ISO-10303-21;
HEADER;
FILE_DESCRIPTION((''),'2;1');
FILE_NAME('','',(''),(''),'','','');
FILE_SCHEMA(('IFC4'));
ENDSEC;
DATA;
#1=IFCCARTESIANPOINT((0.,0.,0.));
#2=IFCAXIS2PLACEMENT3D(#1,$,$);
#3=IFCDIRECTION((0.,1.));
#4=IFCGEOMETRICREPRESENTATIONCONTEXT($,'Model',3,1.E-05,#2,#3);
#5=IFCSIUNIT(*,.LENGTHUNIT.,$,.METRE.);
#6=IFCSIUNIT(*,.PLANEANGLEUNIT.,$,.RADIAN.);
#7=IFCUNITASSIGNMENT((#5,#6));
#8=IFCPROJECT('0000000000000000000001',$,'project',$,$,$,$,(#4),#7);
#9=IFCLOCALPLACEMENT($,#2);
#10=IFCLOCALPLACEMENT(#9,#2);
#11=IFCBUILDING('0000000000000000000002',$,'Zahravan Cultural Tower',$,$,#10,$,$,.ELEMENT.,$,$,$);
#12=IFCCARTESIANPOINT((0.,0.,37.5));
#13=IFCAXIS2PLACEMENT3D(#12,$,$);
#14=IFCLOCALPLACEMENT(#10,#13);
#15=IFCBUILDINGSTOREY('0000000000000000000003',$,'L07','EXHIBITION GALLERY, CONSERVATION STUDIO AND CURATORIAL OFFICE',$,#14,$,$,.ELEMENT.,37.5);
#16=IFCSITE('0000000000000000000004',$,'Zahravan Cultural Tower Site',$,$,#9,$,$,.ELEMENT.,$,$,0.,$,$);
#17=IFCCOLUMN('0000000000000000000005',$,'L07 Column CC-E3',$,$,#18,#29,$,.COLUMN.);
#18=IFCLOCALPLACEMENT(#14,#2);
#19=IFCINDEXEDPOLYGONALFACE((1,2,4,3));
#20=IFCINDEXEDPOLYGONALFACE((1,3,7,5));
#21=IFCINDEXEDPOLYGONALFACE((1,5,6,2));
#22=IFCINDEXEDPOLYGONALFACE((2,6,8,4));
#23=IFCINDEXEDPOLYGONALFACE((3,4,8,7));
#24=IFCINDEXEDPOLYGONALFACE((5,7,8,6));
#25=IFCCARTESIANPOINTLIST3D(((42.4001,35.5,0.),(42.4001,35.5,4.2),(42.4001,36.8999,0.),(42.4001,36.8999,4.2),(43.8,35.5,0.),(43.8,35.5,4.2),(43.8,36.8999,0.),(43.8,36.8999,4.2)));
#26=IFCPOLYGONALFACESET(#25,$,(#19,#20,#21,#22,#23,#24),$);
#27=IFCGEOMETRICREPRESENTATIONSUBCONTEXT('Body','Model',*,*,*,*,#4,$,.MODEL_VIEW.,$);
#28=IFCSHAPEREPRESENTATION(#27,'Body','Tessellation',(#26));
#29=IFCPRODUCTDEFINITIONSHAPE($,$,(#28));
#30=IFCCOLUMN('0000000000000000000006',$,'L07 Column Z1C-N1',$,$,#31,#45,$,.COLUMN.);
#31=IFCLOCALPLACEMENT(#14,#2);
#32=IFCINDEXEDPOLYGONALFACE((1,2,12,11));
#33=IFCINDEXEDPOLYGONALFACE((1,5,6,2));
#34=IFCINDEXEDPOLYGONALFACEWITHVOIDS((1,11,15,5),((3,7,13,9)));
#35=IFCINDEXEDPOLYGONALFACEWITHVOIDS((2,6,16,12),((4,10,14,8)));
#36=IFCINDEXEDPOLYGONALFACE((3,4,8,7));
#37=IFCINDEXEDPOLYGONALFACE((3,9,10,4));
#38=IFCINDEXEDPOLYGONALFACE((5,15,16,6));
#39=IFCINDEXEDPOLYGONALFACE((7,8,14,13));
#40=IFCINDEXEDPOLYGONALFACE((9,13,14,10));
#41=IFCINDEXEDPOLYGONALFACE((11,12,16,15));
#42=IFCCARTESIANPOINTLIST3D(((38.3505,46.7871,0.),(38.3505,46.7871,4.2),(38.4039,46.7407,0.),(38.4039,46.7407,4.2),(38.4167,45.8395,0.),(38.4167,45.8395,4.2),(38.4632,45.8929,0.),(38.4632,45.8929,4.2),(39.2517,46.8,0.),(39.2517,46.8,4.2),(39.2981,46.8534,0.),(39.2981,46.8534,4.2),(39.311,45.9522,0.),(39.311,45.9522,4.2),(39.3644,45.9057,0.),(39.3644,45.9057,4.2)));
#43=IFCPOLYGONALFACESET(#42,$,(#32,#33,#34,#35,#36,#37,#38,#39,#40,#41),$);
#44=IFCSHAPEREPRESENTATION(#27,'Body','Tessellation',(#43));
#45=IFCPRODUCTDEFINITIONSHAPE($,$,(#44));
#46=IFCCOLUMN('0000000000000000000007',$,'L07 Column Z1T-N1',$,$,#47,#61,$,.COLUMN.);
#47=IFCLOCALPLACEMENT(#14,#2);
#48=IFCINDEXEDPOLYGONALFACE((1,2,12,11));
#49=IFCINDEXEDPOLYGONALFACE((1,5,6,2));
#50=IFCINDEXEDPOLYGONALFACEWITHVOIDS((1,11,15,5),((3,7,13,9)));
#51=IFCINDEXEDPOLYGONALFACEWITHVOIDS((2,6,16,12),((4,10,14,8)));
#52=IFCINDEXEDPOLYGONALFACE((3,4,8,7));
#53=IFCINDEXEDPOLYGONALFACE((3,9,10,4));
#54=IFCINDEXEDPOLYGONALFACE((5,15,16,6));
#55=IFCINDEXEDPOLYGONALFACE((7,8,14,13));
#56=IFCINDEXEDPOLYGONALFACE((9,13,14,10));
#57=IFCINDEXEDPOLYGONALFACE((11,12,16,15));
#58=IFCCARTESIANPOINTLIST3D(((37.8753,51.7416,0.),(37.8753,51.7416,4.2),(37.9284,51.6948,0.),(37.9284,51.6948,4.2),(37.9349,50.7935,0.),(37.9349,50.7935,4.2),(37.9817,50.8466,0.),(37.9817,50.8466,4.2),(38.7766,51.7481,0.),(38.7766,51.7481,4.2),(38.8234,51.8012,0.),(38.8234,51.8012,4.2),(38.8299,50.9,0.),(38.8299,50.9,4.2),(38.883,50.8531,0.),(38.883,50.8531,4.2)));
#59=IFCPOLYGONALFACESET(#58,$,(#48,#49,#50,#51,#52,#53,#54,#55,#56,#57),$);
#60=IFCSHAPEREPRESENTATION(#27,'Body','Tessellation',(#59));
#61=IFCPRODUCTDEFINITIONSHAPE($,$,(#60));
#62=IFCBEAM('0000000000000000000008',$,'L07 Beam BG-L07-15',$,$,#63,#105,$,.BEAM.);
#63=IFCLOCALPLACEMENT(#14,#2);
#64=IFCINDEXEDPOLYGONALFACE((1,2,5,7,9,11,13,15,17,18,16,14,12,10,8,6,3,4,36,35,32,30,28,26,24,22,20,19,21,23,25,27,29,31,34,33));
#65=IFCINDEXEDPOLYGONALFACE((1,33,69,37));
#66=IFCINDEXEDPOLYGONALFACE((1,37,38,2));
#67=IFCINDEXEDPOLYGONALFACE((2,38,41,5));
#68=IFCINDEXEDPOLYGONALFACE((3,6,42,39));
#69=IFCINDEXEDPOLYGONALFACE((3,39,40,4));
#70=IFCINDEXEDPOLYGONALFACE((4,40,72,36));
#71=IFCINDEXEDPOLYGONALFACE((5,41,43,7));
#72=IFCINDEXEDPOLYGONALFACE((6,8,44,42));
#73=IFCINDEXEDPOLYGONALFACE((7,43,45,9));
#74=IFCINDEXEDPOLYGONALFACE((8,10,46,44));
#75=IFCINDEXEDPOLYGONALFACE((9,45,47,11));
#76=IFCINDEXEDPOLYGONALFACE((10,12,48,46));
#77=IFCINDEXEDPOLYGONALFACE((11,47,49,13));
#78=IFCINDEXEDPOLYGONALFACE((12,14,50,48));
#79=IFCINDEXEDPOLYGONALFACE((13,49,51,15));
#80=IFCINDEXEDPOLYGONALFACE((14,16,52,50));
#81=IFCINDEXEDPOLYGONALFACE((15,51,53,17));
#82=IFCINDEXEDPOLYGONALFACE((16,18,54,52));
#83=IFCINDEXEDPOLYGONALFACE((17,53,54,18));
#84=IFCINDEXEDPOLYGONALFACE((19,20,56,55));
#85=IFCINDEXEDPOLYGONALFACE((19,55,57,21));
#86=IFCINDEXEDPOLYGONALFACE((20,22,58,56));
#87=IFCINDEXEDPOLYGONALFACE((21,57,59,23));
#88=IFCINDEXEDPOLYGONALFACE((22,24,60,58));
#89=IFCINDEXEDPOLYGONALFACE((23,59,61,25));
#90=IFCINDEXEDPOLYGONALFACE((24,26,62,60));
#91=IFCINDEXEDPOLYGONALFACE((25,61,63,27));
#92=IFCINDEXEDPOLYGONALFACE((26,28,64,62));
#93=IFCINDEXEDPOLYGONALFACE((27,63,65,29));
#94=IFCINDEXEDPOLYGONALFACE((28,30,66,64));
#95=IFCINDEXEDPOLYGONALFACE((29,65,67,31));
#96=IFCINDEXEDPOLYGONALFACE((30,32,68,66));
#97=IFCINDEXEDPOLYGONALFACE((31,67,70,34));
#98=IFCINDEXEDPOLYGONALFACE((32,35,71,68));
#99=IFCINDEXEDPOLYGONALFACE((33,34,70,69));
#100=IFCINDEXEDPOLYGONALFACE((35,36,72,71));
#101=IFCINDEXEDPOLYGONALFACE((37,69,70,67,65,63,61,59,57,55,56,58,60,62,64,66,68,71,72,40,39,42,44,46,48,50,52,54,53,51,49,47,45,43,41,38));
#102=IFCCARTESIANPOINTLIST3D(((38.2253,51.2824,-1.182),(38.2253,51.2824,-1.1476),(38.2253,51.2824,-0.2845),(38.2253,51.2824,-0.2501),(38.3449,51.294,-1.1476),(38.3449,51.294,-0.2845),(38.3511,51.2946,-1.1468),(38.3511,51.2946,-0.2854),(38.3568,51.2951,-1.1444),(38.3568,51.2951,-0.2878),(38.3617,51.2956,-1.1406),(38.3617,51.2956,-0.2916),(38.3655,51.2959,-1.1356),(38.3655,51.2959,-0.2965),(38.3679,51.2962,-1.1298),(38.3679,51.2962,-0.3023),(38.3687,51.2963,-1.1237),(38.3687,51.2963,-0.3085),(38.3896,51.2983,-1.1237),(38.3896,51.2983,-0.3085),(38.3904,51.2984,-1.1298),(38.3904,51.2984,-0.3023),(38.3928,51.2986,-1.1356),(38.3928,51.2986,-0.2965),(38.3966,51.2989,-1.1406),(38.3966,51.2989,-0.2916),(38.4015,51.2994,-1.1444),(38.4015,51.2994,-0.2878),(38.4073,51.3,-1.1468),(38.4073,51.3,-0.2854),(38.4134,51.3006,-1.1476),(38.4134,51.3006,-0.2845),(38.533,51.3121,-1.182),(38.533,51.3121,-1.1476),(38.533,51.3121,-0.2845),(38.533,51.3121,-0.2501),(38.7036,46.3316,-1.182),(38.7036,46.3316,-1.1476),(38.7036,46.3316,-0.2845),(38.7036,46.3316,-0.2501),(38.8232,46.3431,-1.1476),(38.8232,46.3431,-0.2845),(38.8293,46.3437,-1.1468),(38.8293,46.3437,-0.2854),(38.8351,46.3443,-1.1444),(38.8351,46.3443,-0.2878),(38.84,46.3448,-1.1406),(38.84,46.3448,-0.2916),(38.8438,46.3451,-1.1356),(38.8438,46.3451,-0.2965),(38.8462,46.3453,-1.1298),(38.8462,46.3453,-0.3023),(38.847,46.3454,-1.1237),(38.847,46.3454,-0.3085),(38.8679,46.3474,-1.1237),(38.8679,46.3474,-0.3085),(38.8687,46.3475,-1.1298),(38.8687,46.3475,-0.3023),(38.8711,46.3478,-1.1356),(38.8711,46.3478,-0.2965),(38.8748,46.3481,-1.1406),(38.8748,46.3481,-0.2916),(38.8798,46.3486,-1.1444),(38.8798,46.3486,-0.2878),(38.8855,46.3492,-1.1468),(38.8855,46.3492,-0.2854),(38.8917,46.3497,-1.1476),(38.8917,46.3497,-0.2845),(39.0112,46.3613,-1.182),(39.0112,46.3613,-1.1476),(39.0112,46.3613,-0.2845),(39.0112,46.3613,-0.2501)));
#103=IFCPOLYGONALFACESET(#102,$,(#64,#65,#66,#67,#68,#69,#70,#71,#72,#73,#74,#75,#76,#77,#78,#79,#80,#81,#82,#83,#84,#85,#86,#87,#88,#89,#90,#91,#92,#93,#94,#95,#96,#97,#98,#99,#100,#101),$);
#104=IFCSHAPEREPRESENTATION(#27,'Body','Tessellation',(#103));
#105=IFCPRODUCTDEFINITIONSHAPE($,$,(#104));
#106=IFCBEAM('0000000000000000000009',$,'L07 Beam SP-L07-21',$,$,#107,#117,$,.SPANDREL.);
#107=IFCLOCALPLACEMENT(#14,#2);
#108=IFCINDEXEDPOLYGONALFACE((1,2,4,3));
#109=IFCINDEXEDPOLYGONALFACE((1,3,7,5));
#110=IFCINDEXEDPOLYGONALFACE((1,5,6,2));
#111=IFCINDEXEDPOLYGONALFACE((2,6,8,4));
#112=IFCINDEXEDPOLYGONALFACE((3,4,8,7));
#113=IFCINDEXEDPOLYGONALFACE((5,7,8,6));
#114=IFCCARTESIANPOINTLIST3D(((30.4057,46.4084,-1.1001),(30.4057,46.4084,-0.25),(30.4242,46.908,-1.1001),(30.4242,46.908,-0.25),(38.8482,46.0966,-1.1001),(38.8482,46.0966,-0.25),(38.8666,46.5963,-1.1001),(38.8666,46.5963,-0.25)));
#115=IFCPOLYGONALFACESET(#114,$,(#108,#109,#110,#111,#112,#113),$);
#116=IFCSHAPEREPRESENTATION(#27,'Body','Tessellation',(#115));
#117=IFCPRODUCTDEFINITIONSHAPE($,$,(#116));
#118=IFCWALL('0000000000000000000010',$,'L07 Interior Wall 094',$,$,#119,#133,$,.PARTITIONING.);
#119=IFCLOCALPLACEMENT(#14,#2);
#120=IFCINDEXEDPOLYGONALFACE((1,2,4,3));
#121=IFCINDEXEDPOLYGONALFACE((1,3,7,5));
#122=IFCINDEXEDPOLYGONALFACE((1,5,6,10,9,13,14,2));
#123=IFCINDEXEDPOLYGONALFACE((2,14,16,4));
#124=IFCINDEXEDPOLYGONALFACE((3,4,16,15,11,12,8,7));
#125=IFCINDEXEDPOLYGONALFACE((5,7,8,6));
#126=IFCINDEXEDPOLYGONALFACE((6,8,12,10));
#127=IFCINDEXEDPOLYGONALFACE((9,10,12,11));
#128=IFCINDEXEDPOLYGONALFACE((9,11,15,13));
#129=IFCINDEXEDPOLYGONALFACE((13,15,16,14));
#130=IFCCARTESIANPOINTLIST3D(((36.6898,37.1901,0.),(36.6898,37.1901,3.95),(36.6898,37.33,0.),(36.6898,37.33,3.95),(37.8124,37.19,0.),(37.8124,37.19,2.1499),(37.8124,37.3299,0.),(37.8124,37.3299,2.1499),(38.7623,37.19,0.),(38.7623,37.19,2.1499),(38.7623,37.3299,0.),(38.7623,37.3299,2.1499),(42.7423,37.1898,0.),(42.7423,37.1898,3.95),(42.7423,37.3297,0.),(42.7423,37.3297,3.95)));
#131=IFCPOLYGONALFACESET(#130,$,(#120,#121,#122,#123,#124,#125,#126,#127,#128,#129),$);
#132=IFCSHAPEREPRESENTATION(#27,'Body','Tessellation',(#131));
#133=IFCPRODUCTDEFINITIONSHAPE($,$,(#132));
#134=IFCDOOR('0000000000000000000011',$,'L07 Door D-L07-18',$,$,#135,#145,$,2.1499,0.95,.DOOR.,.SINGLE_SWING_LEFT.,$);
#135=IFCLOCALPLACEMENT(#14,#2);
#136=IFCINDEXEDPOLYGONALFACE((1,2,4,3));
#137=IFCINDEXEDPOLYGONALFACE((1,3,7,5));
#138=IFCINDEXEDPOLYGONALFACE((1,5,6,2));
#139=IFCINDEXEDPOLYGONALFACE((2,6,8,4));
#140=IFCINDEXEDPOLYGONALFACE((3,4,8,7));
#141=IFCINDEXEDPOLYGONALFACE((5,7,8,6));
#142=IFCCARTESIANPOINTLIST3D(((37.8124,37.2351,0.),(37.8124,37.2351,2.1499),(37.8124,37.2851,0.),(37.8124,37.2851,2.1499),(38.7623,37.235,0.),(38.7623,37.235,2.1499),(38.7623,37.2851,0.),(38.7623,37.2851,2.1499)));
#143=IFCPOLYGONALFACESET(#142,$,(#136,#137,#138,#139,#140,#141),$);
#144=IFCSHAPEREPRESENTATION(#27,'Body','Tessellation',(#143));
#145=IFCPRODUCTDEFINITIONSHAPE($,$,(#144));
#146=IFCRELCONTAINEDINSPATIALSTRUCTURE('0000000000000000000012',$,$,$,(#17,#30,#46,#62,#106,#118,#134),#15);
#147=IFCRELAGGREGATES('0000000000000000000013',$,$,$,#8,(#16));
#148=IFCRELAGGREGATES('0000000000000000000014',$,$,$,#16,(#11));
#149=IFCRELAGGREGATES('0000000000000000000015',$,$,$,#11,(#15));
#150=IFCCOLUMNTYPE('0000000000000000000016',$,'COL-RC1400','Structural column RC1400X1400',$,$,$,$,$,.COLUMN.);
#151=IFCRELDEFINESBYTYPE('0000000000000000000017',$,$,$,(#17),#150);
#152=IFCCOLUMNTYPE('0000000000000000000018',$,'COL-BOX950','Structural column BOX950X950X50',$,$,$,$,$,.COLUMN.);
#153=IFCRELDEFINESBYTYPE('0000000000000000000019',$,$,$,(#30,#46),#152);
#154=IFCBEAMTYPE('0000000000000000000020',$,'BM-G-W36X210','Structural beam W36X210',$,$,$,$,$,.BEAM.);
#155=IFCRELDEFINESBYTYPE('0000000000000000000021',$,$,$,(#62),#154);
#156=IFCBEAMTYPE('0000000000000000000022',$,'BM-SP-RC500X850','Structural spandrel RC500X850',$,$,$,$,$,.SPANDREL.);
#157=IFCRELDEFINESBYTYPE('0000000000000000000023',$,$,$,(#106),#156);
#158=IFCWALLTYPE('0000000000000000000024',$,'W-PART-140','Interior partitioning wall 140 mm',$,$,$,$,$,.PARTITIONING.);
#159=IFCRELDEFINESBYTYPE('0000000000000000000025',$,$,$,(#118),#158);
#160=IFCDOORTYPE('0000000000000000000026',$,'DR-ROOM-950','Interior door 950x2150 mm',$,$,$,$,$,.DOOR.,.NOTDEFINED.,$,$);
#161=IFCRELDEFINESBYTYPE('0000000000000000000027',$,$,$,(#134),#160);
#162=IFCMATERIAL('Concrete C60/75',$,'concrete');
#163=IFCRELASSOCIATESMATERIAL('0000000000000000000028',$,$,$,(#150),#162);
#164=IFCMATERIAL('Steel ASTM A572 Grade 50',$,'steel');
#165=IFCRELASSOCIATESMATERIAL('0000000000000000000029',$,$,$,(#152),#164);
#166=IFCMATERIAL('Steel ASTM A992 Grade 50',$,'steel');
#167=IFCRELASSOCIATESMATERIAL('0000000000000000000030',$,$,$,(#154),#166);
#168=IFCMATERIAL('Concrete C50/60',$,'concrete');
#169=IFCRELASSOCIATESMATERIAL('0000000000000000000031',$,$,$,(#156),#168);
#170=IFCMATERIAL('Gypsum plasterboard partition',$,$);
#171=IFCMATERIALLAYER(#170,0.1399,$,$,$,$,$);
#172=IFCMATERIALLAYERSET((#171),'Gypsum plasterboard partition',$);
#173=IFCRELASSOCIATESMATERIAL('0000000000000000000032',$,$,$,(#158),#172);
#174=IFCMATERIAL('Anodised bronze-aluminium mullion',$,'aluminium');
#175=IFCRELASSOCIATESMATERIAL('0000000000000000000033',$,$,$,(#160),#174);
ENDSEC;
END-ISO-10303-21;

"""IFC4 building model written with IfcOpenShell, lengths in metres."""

from ifc_helpers import new_model, si_unit, direction, frame, frame_2d, origin, origin_2d, place, context, subcontext, project, spatial, rectangle, hollow_rectangle, i_section, extrude, source, transform, mapped, material, layer, layer_set, material_profile, profile_set, type_object, element, fill, save


model = new_model("IFC4")

# Units and contexts
model_context = context("Model", 3, precision=1e-05, world=origin(), true_north=direction((0.0, 1.0)))
body_context = subcontext(model_context, "Body", "Model", "MODEL_VIEW")
ifc_project = project(units=[si_unit("LENGTHUNIT", "METRE"), si_unit("PLANEANGLEUNIT", "RADIAN")], contexts=[model_context])

# Site, building, storey
site_placement = place(None, origin())
site = spatial("IfcSite", under=ifc_project, at=site_placement, Name="Zahravan Cultural Tower Site", CompositionType="ELEMENT", RefElevation=0.0)
building_placement = place(site_placement, origin())
building = spatial("IfcBuilding", under=site, at=building_placement, Name="Zahravan Cultural Tower", CompositionType="ELEMENT")
storey_placement = place(building_placement, frame((0.0, 0.0, 37.5)))
storey = spatial("IfcBuildingStorey", under=building, at=storey_placement, Name="L07", Description="EXHIBITION GALLERY, CONSERVATION STUDIO AND CURATORIAL OFFICE", CompositionType="ELEMENT", Elevation=37.5)

# Columns
ifc_material_1 = material(Name="Concrete C60/75", Category="concrete")
ifc_material_profile_1 = material_profile(ifc_material_1, rectangle(XDim=1.3999, YDim=1.3999, at=origin_2d()), Name="RC1400X1400")
ifc_profile_set_1 = profile_set([ifc_material_profile_1], Name="Concrete C60/75")
column_type_1 = type_object("IfcColumnType", Name="COL-RC1400", Description="Structural column RC1400X1400", PredefinedType="COLUMN", material=ifc_profile_set_1)
shared_shape_1 = source(origin(), body_context, "Body", "SweptSolid", [
    extrude(rectangle(XDim=1.3999, YDim=1.3999, at=origin_2d()), origin(), (0.0, 0.0, 1.0), 4.2),
])
column_placement = place(storey_placement, frame((43.1001, 36.2, 0.0), z_axis=(0.0, 0.0, 1.0), x_axis=(1.0, 0.0, 0.0)))
element("IfcColumn", 1, at=column_placement, inside=storey, type_object=column_type_1, Name="L07 Column CC-E3", PredefinedType="COLUMN", context=body_context, shape_type="MappedRepresentation", body=[
    mapped(shared_shape_1, transform((0.0, 0.0, 0.0), x_axis=(1.0, 0.0, 0.0), y_axis=(0.0, 1.0, 0.0), z_axis=(0.0, 0.0, 1.0), scale=1.0)),
])
ifc_material_2 = material(Name="Steel ASTM A572 Grade 50", Category="steel")
ifc_material_profile_2 = material_profile(ifc_material_2, hollow_rectangle(XDim=0.95, YDim=0.95, WallThickness=0.05, at=origin_2d()), Name="BOX950X950X50")
ifc_profile_set_2 = profile_set([ifc_material_profile_2], Name="Steel ASTM A572 Grade 50")
column_type_2 = type_object("IfcColumnType", Name="COL-BOX950", Description="Structural column BOX950X950X50", PredefinedType="COLUMN", material=ifc_profile_set_2)
shared_shape_2 = source(origin(), body_context, "Body", "SweptSolid", [
    extrude(hollow_rectangle(XDim=0.95, YDim=0.95, WallThickness=0.05, at=origin_2d()), origin(), (0.0, 0.0, 1.0), 4.2),
])
for number, where, z_axis, x_axis, name in (
    (2, (38.8574, 46.3464, 0.0), (0.0, 0.0, 1.0), (-0.069756, 0.997564, 0.0), "L07 Column Z1C-N1"),
    (3, (38.3792, 51.2974, 0.0), (0.0, 0.0, 1.0), (-0.062791, 0.998027, 0.0), "L07 Column Z1T-N1"),
):
    element("IfcColumn", number, at=place(storey_placement, frame(where, z_axis=z_axis, x_axis=x_axis)), inside=storey, type_object=column_type_2, Name=name, PredefinedType="COLUMN", context=body_context, shape_type="MappedRepresentation", body=[
        mapped(shared_shape_2, transform((0.0, 0.0, 0.0), x_axis=(1.0, 0.0, 0.0), y_axis=(0.0, 1.0, 0.0), z_axis=(0.0, 0.0, 1.0), scale=1.0)),
    ])

# Beams
ifc_material_3 = material(Name="Steel ASTM A992 Grade 50", Category="steel")
ifc_material_profile_3 = material_profile(ifc_material_3, i_section(OverallWidth=0.3091, OverallDepth=0.9319, WebThickness=0.021, FlangeThickness=0.0344, FilletRadius=0.0239, at=origin_2d()), Name="W36X210")
ifc_profile_set_3 = profile_set([ifc_material_profile_3], Name="Steel ASTM A992 Grade 50")
beam_type_1 = type_object("IfcBeamType", Name="BM-G-W36X210", Description="Structural beam W36X210", PredefinedType="BEAM", material=ifc_profile_set_3)
shared_shape_3 = source(origin(), body_context, "Body", "SweptSolid", [
    extrude(i_section(OverallWidth=0.3091, OverallDepth=0.9319, WebThickness=0.021, FlangeThickness=0.0344, FilletRadius=0.0239, at=origin_2d()), origin(), (0.0, 0.0, 1.0), 4.9739),
])
beam_1_placement = place(storey_placement, frame((38.8574, 46.3464, -0.7161), z_axis=(-0.096155, 0.995366, 0.0), x_axis=(-0.995366, -0.096155, 0.0)))
element("IfcBeam", 4, at=beam_1_placement, inside=storey, type_object=beam_type_1, Name="L07 Beam BG-L07-15", PredefinedType="BEAM", context=body_context, shape_type="MappedRepresentation", body=[
    mapped(shared_shape_3, transform((0.0, 0.0, 0.0), x_axis=(1.0, 0.0, 0.0), y_axis=(0.0, 1.0, 0.0), z_axis=(0.0, 0.0, 1.0), scale=1.0)),
])
ifc_material_4 = material(Name="Concrete C50/60", Category="concrete")
ifc_material_profile_4 = material_profile(ifc_material_4, rectangle(XDim=0.5, YDim=0.8501, at=origin_2d()), Name="RC500X850")
ifc_profile_set_4 = profile_set([ifc_material_profile_4], Name="Concrete C50/60")
beam_type_2 = type_object("IfcBeamType", Name="BM-SP-RC500X850", Description="Structural spandrel RC500X850", PredefinedType="SPANDREL", material=ifc_profile_set_4)
shared_shape_4 = source(origin(), body_context, "Body", "SweptSolid", [
    extrude(rectangle(XDim=0.5, YDim=0.8501, at=origin_2d()), origin(), (0.0, 0.0, 1.0), 8.4482),
])
beam_2_placement = place(storey_placement, frame((38.8574, 46.3464, -0.675), z_axis=(-0.999319, 0.036904, 0.0), x_axis=(-0.036904, -0.999319, 0.0)))
element("IfcBeam", 5, at=beam_2_placement, inside=storey, type_object=beam_type_2, Name="L07 Beam SP-L07-21", PredefinedType="SPANDREL", context=body_context, shape_type="MappedRepresentation", body=[
    mapped(shared_shape_4, transform((0.0, 0.0, 0.0), x_axis=(1.0, 0.0, 0.0), y_axis=(0.0, 1.0, 0.0), z_axis=(0.0, 0.0, 1.0), scale=1.0)),
])

# Wall, opening, door
ifc_material_5 = material(Name="Gypsum plasterboard partition")
ifc_layer_1 = layer(ifc_material_5, 0.1399)
ifc_layer_set_1 = layer_set([ifc_layer_1], Name="Gypsum plasterboard partition")
wall_type_1 = type_object("IfcWallType", Name="W-PART-140", Description="Interior partitioning wall 140 mm", PredefinedType="PARTITIONING", material=ifc_layer_set_1)
wall_1_placement = place(storey_placement, frame((42.7424, 37.2598, 0.0), z_axis=(0.0, 0.0, 1.0), x_axis=(-1.0, 0.00004, 0.0)))
wall_1 = element("IfcWall", 6, at=wall_1_placement, inside=storey, type_object=wall_type_1, Name="L07 Interior Wall 094", PredefinedType="PARTITIONING", context=body_context, shape_type="SweptSolid", body=[
    extrude(rectangle(XDim=6.0525, YDim=0.1399, at=frame_2d((3.0264, 0.0))), origin(), (0.0, 0.0, 1.0), 3.95),
])
opening_1_placement = place(wall_1_placement, frame((3.98, 0.0, 0.0)))
opening_1 = element("IfcOpeningElement", 7, at=opening_1_placement, cuts=wall_1, PredefinedType="OPENING", context=body_context, shape_type="SweptSolid", body=[
    extrude(rectangle(XDim=0.95, YDim=2.1499, at=frame_2d((0.4751, 1.075))), frame((0.0, 0.0798, 0.0), z_axis=(0.0, -1.0, 0.0), x_axis=(1.0, 0.0, 0.0)), (0.0, 0.0, 1.0), 0.1599),
])
ifc_material_6 = material(Name="Anodised bronze-aluminium mullion", Category="aluminium")
door_type_1 = type_object("IfcDoorType", Name="DR-ROOM-950", Description="Interior door 950x2150 mm", OperationType="NOTDEFINED", PredefinedType="DOOR", material=ifc_material_6)
shared_shape_5 = source(origin(), body_context, "Body", "SweptSolid", [
    extrude(rectangle(XDim=0.95, YDim=2.1499, at=frame_2d((0.4751, 1.075))), frame((0.0, 0.0249, 0.0), z_axis=(0.0, -1.0, 0.0), x_axis=(1.0, 0.0, 0.0)), (0.0, 0.0, 1.0), 0.05),
])
door_1_placement = place(opening_1_placement, origin())
door_1 = element("IfcDoor", 8, at=door_1_placement, inside=storey, type_object=door_type_1, Name="L07 Door D-L07-18", OperationType="SINGLE_SWING_LEFT", OverallHeight=2.1499, OverallWidth=0.95, PredefinedType="DOOR", context=body_context, shape_type="MappedRepresentation", body=[
    mapped(shared_shape_5, transform((0.0, 0.0, 0.0), x_axis=(1.0, 0.0, 0.0), y_axis=(0.0, 1.0, 0.0), z_axis=(0.0, 0.0, 1.0), scale=1.0)),
])
fill(opening_1, door_1)

save(model, "model.ifc")
